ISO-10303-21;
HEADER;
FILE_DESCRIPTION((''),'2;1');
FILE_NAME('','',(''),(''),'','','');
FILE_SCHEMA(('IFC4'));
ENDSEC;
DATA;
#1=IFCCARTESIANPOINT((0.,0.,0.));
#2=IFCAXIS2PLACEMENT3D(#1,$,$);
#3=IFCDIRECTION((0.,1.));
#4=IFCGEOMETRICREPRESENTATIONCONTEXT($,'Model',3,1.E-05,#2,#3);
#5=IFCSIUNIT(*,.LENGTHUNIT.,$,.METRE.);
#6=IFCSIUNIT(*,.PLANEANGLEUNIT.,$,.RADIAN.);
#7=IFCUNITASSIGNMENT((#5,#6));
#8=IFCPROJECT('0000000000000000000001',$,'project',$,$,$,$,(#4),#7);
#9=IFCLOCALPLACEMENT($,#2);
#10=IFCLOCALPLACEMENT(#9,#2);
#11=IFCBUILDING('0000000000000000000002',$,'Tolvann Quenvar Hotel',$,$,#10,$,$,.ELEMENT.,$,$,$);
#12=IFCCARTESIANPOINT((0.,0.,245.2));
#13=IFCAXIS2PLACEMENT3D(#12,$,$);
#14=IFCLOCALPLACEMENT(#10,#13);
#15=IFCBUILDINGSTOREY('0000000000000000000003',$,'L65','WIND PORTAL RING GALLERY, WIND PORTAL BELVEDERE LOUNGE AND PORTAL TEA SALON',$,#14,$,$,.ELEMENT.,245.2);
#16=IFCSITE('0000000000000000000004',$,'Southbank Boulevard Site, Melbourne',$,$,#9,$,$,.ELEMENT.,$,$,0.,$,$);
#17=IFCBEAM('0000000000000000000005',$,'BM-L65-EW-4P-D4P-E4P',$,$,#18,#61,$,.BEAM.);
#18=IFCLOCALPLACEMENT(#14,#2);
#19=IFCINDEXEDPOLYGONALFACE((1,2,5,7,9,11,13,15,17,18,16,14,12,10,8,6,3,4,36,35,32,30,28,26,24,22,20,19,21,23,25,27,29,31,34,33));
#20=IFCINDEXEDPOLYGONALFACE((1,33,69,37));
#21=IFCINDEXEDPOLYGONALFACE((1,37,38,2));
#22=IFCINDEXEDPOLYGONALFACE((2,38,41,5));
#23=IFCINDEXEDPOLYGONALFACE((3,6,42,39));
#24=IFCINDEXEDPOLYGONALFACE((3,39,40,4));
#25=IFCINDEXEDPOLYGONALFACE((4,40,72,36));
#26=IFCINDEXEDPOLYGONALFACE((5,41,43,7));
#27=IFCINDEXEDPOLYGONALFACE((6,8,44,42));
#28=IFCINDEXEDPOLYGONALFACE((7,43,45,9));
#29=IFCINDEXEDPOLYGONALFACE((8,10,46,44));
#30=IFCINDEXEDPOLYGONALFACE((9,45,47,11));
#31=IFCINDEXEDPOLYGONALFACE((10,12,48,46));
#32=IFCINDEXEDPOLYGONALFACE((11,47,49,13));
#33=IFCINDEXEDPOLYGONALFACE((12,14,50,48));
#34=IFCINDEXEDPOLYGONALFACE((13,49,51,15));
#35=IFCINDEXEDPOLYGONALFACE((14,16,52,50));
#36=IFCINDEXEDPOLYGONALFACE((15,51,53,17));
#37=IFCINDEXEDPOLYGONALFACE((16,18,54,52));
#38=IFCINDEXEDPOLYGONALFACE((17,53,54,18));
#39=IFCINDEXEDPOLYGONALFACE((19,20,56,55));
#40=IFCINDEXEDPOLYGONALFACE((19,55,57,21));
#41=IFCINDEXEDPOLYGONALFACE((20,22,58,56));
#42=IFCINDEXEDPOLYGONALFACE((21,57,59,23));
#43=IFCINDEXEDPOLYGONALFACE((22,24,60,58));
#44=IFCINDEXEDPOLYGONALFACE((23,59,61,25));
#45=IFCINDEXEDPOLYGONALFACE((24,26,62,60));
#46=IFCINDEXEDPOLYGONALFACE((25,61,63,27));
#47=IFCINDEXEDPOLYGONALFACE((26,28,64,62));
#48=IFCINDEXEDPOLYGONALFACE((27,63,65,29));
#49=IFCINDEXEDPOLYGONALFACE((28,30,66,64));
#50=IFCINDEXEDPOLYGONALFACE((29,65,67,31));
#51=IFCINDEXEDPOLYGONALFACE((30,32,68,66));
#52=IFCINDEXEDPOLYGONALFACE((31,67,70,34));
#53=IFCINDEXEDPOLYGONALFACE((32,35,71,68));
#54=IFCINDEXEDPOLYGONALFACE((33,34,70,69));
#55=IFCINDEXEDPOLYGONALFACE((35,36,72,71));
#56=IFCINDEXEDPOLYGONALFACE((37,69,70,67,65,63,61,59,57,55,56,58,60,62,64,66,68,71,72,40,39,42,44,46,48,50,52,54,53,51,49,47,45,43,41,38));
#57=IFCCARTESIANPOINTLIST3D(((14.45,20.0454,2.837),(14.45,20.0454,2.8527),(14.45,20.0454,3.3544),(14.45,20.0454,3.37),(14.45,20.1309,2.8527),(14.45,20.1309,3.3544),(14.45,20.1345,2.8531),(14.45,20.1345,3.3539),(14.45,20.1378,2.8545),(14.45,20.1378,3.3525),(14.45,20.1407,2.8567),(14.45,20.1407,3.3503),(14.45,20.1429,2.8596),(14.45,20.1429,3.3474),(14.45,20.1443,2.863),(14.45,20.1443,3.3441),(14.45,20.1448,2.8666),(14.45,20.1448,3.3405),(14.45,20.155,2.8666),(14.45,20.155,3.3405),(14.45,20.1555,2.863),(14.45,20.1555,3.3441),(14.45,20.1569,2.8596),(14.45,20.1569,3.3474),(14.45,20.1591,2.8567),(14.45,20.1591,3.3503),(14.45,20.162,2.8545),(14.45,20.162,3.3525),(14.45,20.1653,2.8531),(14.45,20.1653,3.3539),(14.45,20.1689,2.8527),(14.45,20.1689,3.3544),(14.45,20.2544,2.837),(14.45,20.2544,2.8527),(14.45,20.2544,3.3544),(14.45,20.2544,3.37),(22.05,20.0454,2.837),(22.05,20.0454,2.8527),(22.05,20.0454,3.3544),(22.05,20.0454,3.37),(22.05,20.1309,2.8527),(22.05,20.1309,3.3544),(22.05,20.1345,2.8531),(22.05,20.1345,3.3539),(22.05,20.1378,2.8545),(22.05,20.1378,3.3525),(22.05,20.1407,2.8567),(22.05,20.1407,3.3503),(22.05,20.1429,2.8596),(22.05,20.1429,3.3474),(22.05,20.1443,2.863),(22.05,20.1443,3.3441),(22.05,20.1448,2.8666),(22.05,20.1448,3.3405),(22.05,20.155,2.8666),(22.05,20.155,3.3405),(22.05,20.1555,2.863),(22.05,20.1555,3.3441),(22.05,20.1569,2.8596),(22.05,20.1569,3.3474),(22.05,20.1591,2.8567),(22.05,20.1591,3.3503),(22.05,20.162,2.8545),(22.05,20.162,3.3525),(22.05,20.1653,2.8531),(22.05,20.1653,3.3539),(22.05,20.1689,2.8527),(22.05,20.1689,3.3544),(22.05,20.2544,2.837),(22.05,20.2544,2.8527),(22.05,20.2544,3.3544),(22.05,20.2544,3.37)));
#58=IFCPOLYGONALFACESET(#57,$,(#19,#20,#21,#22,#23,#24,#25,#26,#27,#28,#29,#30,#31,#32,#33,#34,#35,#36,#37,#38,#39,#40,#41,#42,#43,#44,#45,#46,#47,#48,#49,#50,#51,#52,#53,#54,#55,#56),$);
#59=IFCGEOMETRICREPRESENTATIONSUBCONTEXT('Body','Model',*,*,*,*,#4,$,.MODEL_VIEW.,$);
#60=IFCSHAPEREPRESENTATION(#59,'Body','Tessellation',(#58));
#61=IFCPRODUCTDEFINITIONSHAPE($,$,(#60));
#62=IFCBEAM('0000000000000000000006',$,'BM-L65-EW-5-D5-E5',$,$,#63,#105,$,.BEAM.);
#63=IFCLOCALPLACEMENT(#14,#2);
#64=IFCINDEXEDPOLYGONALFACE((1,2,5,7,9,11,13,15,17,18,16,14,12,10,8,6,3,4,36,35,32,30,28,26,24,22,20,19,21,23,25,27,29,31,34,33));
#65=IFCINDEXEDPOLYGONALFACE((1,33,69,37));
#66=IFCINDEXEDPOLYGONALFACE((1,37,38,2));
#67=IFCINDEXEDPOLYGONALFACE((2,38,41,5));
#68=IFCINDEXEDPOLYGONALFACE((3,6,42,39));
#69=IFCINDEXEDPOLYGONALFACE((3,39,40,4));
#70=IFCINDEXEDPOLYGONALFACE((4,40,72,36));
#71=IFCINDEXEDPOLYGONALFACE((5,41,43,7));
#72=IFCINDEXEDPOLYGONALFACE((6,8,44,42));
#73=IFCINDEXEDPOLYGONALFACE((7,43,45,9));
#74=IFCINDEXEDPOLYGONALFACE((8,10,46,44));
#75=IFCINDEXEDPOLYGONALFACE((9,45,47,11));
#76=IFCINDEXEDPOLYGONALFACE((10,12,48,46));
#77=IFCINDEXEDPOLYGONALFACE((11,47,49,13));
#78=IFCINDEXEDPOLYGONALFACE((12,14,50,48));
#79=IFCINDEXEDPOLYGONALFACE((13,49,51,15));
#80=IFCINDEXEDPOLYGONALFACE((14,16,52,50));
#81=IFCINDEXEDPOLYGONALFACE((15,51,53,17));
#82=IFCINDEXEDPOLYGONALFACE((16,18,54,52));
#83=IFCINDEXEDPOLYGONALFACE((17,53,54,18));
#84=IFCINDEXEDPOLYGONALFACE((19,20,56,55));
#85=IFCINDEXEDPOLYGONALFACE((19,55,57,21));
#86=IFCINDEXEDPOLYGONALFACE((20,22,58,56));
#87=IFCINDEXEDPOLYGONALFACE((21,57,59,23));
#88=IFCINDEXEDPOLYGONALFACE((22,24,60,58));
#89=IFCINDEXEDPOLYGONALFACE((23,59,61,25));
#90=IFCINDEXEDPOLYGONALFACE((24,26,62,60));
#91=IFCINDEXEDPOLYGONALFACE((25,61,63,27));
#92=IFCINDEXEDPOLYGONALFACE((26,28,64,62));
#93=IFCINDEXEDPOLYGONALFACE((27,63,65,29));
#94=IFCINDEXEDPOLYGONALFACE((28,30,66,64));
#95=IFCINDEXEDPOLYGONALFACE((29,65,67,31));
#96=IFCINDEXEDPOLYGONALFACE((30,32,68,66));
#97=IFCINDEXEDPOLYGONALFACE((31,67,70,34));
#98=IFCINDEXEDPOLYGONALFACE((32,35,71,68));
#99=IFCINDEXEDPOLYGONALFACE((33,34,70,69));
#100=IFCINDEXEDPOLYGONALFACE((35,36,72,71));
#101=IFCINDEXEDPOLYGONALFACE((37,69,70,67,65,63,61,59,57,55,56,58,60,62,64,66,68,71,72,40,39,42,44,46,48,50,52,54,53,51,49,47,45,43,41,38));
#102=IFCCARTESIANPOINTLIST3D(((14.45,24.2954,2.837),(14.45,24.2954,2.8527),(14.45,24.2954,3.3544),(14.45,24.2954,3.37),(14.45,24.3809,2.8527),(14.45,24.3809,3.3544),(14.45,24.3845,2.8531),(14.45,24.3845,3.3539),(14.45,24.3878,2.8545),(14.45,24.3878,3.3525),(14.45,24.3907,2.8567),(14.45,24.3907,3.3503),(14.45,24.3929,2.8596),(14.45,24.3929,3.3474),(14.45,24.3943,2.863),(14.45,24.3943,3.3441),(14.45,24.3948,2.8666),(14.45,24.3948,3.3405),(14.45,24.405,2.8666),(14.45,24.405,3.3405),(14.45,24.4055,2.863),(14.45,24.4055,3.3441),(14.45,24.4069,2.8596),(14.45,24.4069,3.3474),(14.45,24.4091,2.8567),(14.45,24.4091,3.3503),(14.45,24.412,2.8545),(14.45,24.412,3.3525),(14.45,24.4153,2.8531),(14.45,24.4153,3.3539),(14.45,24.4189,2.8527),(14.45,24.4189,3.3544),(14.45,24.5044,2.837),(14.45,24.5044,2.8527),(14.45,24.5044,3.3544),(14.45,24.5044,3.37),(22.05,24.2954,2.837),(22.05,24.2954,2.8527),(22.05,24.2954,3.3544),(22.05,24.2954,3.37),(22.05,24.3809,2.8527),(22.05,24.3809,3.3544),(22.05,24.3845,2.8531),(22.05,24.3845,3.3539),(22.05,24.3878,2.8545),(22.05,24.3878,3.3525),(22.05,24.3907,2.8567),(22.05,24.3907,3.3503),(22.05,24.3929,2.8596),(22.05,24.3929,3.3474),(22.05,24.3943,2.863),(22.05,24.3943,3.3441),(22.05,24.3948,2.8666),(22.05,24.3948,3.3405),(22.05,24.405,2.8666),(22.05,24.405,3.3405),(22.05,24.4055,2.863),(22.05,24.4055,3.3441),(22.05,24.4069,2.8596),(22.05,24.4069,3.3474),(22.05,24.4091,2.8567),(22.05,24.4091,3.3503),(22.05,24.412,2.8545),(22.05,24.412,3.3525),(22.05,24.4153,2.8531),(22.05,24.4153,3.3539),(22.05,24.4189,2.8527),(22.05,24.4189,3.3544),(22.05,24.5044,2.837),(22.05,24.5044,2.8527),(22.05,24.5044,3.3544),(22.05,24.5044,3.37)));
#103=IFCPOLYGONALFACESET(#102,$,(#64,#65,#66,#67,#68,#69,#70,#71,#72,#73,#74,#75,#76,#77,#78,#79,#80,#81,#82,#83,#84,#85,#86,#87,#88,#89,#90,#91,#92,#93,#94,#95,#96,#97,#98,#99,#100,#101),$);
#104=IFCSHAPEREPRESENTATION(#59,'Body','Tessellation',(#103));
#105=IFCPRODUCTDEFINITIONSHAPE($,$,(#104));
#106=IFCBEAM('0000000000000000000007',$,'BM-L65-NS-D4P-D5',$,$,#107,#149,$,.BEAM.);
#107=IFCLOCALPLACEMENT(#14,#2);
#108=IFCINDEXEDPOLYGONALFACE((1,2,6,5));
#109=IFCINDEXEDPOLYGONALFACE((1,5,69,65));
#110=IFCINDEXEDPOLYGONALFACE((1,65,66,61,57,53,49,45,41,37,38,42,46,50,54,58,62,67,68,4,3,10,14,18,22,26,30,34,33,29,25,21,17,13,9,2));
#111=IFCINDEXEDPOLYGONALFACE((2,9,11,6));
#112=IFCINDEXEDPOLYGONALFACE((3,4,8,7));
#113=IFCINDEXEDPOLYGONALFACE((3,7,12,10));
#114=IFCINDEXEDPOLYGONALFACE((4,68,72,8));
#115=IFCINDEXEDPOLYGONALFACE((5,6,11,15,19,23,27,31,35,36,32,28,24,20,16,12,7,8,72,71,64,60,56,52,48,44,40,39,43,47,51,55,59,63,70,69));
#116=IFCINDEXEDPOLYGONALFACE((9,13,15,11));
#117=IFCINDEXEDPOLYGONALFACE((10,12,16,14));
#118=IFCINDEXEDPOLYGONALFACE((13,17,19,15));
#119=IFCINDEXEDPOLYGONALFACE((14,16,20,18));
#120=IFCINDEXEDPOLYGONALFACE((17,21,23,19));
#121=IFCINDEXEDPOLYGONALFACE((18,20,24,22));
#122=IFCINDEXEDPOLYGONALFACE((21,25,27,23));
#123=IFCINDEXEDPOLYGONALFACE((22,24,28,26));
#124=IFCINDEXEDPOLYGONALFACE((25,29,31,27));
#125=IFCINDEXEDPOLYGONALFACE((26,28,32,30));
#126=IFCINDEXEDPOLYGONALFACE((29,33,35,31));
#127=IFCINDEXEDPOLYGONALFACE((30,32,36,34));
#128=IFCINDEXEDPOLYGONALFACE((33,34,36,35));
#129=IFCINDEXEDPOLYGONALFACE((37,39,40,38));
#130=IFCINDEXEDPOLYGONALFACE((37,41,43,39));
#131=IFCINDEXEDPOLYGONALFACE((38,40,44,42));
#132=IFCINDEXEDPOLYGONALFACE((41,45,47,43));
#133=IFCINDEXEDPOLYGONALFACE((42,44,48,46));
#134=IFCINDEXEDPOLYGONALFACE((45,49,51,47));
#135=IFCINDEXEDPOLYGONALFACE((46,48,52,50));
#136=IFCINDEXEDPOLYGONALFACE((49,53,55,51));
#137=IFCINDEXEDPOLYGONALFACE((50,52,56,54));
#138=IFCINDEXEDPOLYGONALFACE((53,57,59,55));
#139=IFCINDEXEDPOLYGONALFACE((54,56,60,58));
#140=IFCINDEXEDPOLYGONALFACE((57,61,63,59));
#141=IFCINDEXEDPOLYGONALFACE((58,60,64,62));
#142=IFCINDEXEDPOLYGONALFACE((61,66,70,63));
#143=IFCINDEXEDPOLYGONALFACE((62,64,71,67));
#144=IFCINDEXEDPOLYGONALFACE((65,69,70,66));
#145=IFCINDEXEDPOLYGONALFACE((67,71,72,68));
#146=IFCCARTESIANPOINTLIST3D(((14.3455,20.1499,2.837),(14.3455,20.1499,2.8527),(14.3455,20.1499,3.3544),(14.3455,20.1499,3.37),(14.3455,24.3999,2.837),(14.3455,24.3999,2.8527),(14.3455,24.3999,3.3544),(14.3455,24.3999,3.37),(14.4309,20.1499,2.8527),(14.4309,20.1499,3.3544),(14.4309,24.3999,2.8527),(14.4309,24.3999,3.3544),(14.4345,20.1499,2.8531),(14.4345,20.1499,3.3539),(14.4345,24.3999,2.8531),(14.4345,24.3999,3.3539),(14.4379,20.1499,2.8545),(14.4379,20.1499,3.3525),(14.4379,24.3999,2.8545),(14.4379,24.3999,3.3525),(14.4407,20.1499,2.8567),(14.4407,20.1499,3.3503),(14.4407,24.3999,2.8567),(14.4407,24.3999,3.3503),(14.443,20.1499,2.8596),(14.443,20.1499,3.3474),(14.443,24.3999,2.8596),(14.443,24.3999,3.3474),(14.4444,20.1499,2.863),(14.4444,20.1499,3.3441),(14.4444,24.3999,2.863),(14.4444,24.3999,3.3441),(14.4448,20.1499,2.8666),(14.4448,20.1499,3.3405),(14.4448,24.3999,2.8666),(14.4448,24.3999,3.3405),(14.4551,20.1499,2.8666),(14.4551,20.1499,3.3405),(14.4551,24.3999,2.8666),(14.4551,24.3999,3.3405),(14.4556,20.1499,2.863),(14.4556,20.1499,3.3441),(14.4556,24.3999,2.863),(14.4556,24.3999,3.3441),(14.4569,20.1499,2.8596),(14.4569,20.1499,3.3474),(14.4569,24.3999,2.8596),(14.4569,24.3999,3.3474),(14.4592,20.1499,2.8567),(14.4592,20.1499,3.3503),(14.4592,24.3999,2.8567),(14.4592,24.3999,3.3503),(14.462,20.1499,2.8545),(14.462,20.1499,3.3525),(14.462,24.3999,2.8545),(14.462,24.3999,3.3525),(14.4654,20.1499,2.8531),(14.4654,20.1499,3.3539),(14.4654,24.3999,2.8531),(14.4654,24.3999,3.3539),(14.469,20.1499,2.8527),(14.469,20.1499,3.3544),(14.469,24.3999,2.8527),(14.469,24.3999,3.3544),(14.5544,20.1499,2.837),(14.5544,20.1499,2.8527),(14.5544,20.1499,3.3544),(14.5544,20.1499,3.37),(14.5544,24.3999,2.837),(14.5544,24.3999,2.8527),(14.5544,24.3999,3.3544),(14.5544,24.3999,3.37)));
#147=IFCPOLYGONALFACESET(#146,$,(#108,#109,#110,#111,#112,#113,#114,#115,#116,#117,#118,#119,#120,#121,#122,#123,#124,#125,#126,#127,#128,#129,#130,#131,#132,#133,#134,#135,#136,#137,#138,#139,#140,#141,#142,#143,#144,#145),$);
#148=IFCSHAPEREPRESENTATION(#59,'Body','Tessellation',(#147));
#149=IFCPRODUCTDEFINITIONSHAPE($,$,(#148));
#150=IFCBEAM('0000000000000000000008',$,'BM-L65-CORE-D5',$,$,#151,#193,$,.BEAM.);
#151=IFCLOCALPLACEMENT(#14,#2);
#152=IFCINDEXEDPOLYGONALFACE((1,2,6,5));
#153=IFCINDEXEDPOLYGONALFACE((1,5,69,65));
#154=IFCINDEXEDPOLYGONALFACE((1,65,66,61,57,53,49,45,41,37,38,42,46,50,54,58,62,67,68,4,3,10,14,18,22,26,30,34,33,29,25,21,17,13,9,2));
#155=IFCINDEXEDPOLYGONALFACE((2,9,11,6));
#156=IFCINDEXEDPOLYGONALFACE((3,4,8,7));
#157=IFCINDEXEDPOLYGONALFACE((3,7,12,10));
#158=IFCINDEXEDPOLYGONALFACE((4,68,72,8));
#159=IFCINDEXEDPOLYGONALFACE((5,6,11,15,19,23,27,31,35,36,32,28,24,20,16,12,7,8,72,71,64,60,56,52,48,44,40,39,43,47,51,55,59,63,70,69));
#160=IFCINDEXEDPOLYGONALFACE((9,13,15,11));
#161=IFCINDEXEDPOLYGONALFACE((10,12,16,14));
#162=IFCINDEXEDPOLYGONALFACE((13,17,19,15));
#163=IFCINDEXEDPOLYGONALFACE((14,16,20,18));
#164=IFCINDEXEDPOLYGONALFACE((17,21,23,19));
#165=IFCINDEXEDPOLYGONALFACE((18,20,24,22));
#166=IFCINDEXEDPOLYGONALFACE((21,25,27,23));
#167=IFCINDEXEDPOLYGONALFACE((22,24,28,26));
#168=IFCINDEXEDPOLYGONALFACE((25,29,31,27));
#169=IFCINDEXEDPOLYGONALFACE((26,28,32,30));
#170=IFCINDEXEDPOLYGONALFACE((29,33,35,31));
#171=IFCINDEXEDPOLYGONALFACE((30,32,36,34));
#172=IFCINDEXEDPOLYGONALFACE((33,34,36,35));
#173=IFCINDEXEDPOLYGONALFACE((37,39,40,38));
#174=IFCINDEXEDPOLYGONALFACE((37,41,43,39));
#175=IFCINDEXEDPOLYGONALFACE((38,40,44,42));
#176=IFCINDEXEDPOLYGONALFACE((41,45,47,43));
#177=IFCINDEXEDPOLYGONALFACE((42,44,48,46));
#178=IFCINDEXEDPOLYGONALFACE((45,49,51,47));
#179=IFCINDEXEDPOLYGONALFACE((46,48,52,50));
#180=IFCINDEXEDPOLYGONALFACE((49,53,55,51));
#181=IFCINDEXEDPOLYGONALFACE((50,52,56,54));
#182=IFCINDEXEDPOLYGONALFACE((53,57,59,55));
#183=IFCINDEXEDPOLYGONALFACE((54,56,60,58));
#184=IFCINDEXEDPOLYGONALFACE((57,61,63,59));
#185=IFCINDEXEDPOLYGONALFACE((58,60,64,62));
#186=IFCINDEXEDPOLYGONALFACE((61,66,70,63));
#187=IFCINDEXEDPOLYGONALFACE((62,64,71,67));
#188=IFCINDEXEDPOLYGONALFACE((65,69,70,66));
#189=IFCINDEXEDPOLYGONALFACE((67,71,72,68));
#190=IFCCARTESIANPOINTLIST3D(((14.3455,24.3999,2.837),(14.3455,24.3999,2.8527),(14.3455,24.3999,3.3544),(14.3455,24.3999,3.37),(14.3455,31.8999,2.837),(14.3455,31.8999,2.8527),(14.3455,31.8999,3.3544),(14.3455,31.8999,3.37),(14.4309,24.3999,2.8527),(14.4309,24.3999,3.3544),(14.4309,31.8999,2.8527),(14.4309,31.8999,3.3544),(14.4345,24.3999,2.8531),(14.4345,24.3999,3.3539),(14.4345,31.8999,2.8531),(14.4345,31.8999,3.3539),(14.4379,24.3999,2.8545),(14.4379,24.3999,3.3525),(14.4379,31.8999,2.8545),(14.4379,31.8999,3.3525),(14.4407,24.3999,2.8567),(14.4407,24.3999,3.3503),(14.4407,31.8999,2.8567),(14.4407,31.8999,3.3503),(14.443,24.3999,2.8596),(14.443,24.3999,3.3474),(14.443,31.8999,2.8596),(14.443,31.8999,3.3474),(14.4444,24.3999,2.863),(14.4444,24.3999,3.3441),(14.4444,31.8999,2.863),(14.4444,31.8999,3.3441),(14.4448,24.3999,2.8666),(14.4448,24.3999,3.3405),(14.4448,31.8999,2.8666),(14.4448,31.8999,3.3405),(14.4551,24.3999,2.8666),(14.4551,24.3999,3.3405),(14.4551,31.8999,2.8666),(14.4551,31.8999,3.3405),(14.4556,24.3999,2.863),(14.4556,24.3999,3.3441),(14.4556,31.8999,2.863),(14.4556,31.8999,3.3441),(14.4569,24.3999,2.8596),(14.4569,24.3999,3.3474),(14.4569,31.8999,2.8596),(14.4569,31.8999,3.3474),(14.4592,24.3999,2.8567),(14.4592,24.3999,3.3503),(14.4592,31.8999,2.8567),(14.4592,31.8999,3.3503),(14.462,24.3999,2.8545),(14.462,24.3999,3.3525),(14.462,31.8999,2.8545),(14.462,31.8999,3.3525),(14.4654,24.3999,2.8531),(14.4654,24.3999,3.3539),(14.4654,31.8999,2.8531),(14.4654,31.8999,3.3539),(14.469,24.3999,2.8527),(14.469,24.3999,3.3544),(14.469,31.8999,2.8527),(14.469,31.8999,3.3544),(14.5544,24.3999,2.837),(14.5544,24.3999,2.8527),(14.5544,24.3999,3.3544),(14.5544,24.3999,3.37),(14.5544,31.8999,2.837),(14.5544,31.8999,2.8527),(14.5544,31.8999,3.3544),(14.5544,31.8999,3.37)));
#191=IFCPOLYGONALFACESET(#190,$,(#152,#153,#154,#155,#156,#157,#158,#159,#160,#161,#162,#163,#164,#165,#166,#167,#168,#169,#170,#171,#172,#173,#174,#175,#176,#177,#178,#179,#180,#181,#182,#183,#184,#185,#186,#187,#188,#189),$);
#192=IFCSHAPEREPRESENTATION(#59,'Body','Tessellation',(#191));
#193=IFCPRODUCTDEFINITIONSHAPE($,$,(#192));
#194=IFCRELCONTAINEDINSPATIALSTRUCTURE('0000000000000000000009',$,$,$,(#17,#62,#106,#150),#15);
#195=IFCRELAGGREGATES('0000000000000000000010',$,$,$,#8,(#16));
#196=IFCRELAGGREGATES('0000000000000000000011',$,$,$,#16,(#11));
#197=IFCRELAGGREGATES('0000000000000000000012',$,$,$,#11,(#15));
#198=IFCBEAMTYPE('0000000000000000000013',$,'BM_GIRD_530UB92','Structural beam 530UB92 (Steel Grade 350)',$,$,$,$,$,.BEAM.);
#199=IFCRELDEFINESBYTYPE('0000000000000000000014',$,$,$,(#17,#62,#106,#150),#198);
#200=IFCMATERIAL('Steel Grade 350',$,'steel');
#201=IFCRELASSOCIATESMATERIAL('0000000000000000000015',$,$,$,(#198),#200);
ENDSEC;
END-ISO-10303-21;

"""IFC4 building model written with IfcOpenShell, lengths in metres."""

from ifc_helpers import new_model, si_unit, direction, frame, origin, origin_2d, place, context, subcontext, project, spatial, i_section, extrude, source, transform, mapped, material, material_profile, profile_set, type_object, type_shapes, element, save


model = new_model("IFC4")

# Units and contexts
model_context = context("Model", 3, precision=1e-05, world=origin(), true_north=direction((0.0, 1.0)))
body_context = subcontext(model_context, "Body", "Model", "MODEL_VIEW")
ifc_project = project(units=[si_unit("LENGTHUNIT", "METRE"), si_unit("PLANEANGLEUNIT", "RADIAN")], contexts=[model_context])

# Site, building, storey
site_placement = place(None, origin())
site = spatial("IfcSite", under=ifc_project, at=site_placement, Name="Southbank Boulevard Site, Melbourne", CompositionType="ELEMENT", RefElevation=0.0)
building_placement = place(site_placement, origin())
building = spatial("IfcBuilding", under=site, at=building_placement, Name="Tolvann Quenvar Hotel", CompositionType="ELEMENT")
storey_placement = place(building_placement, frame((0.0, 0.0, 245.2)))
storey = spatial("IfcBuildingStorey", under=building, at=storey_placement, Name="L65", Description="WIND PORTAL RING GALLERY, WIND PORTAL BELVEDERE LOUNGE AND PORTAL TEA SALON", CompositionType="ELEMENT", Elevation=245.2)

# Shared definitions
ifc_material_1 = material(Name="Steel Grade 350", Category="steel")

# Beams
ifc_material_profile_1 = material_profile(ifc_material_1, i_section(OverallWidth=0.209, OverallDepth=0.533, WebThickness=0.0103, FlangeThickness=0.0156, FilletRadius=0.0139, at=origin_2d()), Name="530UB92")
ifc_profile_set_1 = profile_set([ifc_material_profile_1], Name="Steel Grade 350")
beam_type_1 = type_object("IfcBeamType", Name="BM_GIRD_530UB92", Description="Structural beam 530UB92 (Steel Grade 350)", PredefinedType="BEAM", material=ifc_profile_set_1)
shared_shape_1 = source(origin(), body_context, "Body", "SweptSolid", [
    extrude(i_section(OverallWidth=0.209, OverallDepth=0.533, WebThickness=0.0103, FlangeThickness=0.0156, FilletRadius=0.0139, at=origin_2d()), origin(), (0.0, 0.0, 1.0), 7.6001),
])
for number, where, z_axis, x_axis, name in (
    (1, (14.45, 20.1499, 3.1035), (1.0, 0.0, 0.0), (0.0, 1.0, 0.0), "BM-L65-EW-4P-D4P-E4P"),
    (2, (14.45, 24.3999, 3.1035), (1.0, 0.0, 0.0), (0.0, 1.0, 0.0), "BM-L65-EW-5-D5-E5"),
):
    element("IfcBeam", number, at=place(storey_placement, frame(where, z_axis=z_axis, x_axis=x_axis)), inside=storey, type_object=beam_type_1, Name=name, PredefinedType="BEAM", context=body_context, shape_type="MappedRepresentation", body=[
        mapped(shared_shape_1, transform((0.0, 0.0, 0.0), x_axis=(1.0, 0.0, 0.0), y_axis=(0.0, 1.0, 0.0), z_axis=(0.0, 0.0, 1.0), scale=1.0)),
    ])
shared_shape_2 = source(origin(), body_context, "Body", "SweptSolid", [
    extrude(i_section(OverallWidth=0.209, OverallDepth=0.533, WebThickness=0.0103, FlangeThickness=0.0156, FilletRadius=0.0139, at=origin_2d()), origin(), (0.0, 0.0, 1.0), 4.25),
])
beam_1_placement = place(storey_placement, frame((14.45, 20.1499, 3.1035), z_axis=(0.0, 1.0, 0.0), x_axis=(-1.0, 0.0, 0.0)))
element("IfcBeam", 3, at=beam_1_placement, inside=storey, type_object=beam_type_1, Name="BM-L65-NS-D4P-D5", PredefinedType="BEAM", context=body_context, shape_type="MappedRepresentation", body=[
    mapped(shared_shape_2, transform((0.0, 0.0, 0.0), x_axis=(1.0, 0.0, 0.0), y_axis=(0.0, 1.0, 0.0), z_axis=(0.0, 0.0, 1.0), scale=1.0)),
])
shared_shape_3 = source(origin(), body_context, "Body", "SweptSolid", [
    extrude(i_section(OverallWidth=0.209, OverallDepth=0.533, WebThickness=0.0103, FlangeThickness=0.0156, FilletRadius=0.0139, at=origin_2d()), origin(), (0.0, 0.0, 1.0), 7.5),
])
type_shapes(beam_type_1, [shared_shape_1, shared_shape_2, shared_shape_3])
beam_2_placement = place(storey_placement, frame((14.45, 24.3999, 3.1035), z_axis=(0.0, 1.0, 0.0), x_axis=(-1.0, 0.0, 0.0)))
element("IfcBeam", 4, at=beam_2_placement, inside=storey, type_object=beam_type_1, Name="BM-L65-CORE-D5", PredefinedType="BEAM", context=body_context, shape_type="MappedRepresentation", body=[
    mapped(shared_shape_3, transform((0.0, 0.0, 0.0), x_axis=(1.0, 0.0, 0.0), y_axis=(0.0, 1.0, 0.0), z_axis=(0.0, 0.0, 1.0), scale=1.0)),
])

save(model, "model.ifc")
